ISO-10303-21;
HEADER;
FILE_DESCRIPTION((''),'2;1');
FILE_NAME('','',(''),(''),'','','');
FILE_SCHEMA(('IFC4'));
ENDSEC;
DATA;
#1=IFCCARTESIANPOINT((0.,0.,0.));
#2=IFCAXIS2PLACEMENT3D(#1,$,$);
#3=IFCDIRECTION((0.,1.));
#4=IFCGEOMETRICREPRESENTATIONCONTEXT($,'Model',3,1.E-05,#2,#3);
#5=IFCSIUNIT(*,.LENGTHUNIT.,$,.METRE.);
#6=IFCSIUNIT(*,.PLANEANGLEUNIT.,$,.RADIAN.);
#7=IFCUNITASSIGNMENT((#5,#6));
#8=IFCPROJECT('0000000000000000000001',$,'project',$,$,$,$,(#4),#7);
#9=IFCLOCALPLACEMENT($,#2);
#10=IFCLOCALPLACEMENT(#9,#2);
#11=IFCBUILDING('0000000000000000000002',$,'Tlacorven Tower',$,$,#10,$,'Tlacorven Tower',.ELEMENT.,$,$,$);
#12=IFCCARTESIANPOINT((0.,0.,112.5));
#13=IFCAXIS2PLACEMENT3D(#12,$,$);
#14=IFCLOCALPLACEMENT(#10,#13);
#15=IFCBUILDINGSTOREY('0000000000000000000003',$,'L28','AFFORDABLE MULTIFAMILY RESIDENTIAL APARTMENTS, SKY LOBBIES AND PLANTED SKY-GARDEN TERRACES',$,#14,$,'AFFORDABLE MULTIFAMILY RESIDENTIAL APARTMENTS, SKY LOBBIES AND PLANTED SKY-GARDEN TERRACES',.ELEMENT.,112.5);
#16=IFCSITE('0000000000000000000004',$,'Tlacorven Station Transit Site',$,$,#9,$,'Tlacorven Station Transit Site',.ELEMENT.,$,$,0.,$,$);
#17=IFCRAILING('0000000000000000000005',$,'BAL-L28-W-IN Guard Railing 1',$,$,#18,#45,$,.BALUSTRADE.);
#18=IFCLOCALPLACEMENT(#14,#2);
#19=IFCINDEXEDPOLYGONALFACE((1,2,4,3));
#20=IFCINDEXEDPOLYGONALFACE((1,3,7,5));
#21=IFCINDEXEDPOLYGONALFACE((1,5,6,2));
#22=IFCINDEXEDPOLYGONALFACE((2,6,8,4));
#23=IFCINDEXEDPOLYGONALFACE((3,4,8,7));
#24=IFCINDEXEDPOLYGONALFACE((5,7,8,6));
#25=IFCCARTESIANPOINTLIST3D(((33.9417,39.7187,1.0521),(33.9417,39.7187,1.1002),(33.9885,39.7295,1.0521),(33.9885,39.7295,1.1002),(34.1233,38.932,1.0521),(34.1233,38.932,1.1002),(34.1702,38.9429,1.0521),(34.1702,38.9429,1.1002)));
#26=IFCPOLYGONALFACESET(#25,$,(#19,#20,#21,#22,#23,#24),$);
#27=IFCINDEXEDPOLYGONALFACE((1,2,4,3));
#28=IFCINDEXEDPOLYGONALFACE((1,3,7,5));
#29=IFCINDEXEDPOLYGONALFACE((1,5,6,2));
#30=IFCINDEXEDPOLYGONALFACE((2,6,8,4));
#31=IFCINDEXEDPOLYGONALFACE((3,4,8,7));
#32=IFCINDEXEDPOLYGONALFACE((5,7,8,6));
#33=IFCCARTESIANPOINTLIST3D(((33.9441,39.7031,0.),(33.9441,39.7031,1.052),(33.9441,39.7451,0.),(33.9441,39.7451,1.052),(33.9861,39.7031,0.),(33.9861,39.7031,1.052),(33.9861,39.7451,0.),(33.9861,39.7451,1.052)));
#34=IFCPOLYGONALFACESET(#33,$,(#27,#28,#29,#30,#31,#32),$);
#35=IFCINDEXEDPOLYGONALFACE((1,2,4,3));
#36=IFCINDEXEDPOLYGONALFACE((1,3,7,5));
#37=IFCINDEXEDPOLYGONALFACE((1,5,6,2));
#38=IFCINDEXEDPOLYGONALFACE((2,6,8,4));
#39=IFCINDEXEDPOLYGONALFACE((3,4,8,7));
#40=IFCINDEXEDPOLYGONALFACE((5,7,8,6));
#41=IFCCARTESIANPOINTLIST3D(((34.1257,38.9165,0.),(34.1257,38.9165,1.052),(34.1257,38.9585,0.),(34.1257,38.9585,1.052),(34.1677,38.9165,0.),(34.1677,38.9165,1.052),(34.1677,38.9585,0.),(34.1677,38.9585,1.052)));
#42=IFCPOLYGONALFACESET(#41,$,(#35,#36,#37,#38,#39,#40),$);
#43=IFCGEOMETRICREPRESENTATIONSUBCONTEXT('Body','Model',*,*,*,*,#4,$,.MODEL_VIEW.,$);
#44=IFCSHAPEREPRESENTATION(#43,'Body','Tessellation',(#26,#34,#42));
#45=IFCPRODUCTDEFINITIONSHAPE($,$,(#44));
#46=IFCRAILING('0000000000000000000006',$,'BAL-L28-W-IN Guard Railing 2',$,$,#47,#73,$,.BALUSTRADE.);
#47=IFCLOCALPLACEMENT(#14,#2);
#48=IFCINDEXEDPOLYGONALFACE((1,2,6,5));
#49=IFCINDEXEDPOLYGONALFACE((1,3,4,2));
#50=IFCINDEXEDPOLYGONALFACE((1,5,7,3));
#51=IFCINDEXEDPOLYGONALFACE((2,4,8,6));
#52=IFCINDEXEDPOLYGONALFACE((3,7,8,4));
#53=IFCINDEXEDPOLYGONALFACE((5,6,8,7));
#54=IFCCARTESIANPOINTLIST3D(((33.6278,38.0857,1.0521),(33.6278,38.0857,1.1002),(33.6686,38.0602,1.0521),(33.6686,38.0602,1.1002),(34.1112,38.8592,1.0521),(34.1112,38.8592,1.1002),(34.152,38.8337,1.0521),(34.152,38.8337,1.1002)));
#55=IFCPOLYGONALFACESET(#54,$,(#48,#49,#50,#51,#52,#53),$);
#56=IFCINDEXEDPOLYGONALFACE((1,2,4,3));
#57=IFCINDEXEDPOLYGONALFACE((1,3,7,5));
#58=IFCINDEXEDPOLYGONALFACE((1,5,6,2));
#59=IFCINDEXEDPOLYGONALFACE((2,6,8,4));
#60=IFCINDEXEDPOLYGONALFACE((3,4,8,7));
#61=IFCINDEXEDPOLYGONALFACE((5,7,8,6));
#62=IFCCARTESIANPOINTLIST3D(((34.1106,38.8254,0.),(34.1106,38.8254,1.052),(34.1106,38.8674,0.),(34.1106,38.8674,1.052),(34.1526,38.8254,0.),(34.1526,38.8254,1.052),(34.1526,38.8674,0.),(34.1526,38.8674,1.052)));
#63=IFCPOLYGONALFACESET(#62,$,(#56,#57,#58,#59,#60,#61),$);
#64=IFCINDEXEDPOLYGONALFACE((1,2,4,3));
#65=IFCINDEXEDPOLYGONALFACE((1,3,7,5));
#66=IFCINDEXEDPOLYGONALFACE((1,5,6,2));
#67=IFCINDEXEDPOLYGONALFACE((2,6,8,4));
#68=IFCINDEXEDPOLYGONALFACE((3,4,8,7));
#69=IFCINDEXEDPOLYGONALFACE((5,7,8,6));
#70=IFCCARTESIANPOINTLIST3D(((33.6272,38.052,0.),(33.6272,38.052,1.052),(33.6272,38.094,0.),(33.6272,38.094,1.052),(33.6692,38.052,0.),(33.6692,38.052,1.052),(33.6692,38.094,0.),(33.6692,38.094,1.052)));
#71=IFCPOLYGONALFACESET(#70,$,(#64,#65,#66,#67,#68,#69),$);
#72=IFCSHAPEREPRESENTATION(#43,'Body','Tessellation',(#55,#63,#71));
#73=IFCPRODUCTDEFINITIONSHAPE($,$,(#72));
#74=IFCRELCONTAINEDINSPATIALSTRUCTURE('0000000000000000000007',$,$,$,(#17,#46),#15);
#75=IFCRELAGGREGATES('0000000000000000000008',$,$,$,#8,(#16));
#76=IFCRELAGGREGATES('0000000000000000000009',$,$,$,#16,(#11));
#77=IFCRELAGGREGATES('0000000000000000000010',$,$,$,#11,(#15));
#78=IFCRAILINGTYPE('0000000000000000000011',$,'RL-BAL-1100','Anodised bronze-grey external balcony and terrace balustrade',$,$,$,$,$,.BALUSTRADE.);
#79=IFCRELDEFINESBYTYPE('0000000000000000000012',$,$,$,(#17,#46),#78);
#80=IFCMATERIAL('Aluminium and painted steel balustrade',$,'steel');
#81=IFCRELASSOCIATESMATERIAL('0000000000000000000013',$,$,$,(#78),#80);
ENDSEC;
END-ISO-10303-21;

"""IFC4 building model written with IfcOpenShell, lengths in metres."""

from ifc_helpers import new_model, si_unit, direction, frame, origin, origin_2d, place, context, subcontext, project, spatial, rectangle, extrude, source, transform, mapped, material, type_object, element, save


model = new_model("IFC4")

# Units and contexts
model_context = context("Model", 3, precision=1e-05, world=origin(), true_north=direction((0.0, 1.0)))
body_context = subcontext(model_context, "Body", "Model", "MODEL_VIEW")
ifc_project = project(units=[si_unit("LENGTHUNIT", "METRE"), si_unit("PLANEANGLEUNIT", "RADIAN")], contexts=[model_context])

# Site, building, storey
site_placement = place(None, origin())
site = spatial("IfcSite", under=ifc_project, at=site_placement, Name="Tlacorven Station Transit Site", LongName="Tlacorven Station Transit Site", CompositionType="ELEMENT", RefElevation=0.0)
building_placement = place(site_placement, origin())
building = spatial("IfcBuilding", under=site, at=building_placement, Name="Tlacorven Tower", LongName="Tlacorven Tower", CompositionType="ELEMENT")
storey_placement = place(building_placement, frame((0.0, 0.0, 112.5)))
storey = spatial("IfcBuildingStorey", under=building, at=storey_placement, Name="L28", Description="AFFORDABLE MULTIFAMILY RESIDENTIAL APARTMENTS, SKY LOBBIES AND PLANTED SKY-GARDEN TERRACES", LongName="AFFORDABLE MULTIFAMILY RESIDENTIAL APARTMENTS, SKY LOBBIES AND PLANTED SKY-GARDEN TERRACES", CompositionType="ELEMENT", Elevation=112.5)

# Railings
ifc_material_1 = material(Name="Aluminium and painted steel balustrade", Category="steel")
railing_type = type_object("IfcRailingType", Name="RL-BAL-1100", Description="Anodised bronze-grey external balcony and terrace balustrade", PredefinedType="BALUSTRADE", material=ifc_material_1)
shared_shape_1 = source(origin(), body_context, "Body", "SweptSolid", [
    extrude(rectangle(XDim=0.0481, YDim=0.0481, at=origin_2d()), frame((0.0, 0.0, 1.0762), z_axis=(0.224992, -0.974361, 0.0), x_axis=(0.974361, 0.224992, 0.0)), (0.0, 0.0, 1.0), 0.8074),
    extrude(rectangle(XDim=0.042, YDim=0.042, at=origin_2d()), origin(), (0.0, 0.0, 1.0), 1.052),
    extrude(rectangle(XDim=0.042, YDim=0.042, at=origin_2d()), frame((0.1816, -0.7866, 0.0)), (0.0, 0.0, 1.0), 1.052),
])
railing_1_placement = place(storey_placement, frame((33.9651, 39.7241, 0.0)))
element("IfcRailing", 1, at=railing_1_placement, inside=storey, type_object=railing_type, Name="BAL-L28-W-IN Guard Railing 1", PredefinedType="BALUSTRADE", context=body_context, shape_type="MappedRepresentation", body=[
    mapped(shared_shape_1, transform((0.0, 0.0, 0.0), scale=1.0)),
])
shared_shape_2 = source(origin(), body_context, "Body", "SweptSolid", [
    extrude(rectangle(XDim=0.0481, YDim=0.0481, at=origin_2d()), frame((0.0, 0.0, 1.0762), z_axis=(-0.529999, -0.847998, 0.0), x_axis=(0.847998, -0.529999, 0.0)), (0.0, 0.0, 1.0), 0.9121),
    extrude(rectangle(XDim=0.042, YDim=0.042, at=origin_2d()), origin(), (0.0, 0.0, 1.0), 1.052),
    extrude(rectangle(XDim=0.042, YDim=0.042, at=origin_2d()), frame((-0.4834, -0.7734, 0.0)), (0.0, 0.0, 1.0), 1.052),
])
railing_2_placement = place(storey_placement, frame((34.1316, 38.8464, 0.0)))
element("IfcRailing", 2, at=railing_2_placement, inside=storey, type_object=railing_type, Name="BAL-L28-W-IN Guard Railing 2", PredefinedType="BALUSTRADE", context=body_context, shape_type="MappedRepresentation", body=[
    mapped(shared_shape_2, transform((0.0, 0.0, 0.0), scale=1.0)),
])

save(model, "model.ifc")
